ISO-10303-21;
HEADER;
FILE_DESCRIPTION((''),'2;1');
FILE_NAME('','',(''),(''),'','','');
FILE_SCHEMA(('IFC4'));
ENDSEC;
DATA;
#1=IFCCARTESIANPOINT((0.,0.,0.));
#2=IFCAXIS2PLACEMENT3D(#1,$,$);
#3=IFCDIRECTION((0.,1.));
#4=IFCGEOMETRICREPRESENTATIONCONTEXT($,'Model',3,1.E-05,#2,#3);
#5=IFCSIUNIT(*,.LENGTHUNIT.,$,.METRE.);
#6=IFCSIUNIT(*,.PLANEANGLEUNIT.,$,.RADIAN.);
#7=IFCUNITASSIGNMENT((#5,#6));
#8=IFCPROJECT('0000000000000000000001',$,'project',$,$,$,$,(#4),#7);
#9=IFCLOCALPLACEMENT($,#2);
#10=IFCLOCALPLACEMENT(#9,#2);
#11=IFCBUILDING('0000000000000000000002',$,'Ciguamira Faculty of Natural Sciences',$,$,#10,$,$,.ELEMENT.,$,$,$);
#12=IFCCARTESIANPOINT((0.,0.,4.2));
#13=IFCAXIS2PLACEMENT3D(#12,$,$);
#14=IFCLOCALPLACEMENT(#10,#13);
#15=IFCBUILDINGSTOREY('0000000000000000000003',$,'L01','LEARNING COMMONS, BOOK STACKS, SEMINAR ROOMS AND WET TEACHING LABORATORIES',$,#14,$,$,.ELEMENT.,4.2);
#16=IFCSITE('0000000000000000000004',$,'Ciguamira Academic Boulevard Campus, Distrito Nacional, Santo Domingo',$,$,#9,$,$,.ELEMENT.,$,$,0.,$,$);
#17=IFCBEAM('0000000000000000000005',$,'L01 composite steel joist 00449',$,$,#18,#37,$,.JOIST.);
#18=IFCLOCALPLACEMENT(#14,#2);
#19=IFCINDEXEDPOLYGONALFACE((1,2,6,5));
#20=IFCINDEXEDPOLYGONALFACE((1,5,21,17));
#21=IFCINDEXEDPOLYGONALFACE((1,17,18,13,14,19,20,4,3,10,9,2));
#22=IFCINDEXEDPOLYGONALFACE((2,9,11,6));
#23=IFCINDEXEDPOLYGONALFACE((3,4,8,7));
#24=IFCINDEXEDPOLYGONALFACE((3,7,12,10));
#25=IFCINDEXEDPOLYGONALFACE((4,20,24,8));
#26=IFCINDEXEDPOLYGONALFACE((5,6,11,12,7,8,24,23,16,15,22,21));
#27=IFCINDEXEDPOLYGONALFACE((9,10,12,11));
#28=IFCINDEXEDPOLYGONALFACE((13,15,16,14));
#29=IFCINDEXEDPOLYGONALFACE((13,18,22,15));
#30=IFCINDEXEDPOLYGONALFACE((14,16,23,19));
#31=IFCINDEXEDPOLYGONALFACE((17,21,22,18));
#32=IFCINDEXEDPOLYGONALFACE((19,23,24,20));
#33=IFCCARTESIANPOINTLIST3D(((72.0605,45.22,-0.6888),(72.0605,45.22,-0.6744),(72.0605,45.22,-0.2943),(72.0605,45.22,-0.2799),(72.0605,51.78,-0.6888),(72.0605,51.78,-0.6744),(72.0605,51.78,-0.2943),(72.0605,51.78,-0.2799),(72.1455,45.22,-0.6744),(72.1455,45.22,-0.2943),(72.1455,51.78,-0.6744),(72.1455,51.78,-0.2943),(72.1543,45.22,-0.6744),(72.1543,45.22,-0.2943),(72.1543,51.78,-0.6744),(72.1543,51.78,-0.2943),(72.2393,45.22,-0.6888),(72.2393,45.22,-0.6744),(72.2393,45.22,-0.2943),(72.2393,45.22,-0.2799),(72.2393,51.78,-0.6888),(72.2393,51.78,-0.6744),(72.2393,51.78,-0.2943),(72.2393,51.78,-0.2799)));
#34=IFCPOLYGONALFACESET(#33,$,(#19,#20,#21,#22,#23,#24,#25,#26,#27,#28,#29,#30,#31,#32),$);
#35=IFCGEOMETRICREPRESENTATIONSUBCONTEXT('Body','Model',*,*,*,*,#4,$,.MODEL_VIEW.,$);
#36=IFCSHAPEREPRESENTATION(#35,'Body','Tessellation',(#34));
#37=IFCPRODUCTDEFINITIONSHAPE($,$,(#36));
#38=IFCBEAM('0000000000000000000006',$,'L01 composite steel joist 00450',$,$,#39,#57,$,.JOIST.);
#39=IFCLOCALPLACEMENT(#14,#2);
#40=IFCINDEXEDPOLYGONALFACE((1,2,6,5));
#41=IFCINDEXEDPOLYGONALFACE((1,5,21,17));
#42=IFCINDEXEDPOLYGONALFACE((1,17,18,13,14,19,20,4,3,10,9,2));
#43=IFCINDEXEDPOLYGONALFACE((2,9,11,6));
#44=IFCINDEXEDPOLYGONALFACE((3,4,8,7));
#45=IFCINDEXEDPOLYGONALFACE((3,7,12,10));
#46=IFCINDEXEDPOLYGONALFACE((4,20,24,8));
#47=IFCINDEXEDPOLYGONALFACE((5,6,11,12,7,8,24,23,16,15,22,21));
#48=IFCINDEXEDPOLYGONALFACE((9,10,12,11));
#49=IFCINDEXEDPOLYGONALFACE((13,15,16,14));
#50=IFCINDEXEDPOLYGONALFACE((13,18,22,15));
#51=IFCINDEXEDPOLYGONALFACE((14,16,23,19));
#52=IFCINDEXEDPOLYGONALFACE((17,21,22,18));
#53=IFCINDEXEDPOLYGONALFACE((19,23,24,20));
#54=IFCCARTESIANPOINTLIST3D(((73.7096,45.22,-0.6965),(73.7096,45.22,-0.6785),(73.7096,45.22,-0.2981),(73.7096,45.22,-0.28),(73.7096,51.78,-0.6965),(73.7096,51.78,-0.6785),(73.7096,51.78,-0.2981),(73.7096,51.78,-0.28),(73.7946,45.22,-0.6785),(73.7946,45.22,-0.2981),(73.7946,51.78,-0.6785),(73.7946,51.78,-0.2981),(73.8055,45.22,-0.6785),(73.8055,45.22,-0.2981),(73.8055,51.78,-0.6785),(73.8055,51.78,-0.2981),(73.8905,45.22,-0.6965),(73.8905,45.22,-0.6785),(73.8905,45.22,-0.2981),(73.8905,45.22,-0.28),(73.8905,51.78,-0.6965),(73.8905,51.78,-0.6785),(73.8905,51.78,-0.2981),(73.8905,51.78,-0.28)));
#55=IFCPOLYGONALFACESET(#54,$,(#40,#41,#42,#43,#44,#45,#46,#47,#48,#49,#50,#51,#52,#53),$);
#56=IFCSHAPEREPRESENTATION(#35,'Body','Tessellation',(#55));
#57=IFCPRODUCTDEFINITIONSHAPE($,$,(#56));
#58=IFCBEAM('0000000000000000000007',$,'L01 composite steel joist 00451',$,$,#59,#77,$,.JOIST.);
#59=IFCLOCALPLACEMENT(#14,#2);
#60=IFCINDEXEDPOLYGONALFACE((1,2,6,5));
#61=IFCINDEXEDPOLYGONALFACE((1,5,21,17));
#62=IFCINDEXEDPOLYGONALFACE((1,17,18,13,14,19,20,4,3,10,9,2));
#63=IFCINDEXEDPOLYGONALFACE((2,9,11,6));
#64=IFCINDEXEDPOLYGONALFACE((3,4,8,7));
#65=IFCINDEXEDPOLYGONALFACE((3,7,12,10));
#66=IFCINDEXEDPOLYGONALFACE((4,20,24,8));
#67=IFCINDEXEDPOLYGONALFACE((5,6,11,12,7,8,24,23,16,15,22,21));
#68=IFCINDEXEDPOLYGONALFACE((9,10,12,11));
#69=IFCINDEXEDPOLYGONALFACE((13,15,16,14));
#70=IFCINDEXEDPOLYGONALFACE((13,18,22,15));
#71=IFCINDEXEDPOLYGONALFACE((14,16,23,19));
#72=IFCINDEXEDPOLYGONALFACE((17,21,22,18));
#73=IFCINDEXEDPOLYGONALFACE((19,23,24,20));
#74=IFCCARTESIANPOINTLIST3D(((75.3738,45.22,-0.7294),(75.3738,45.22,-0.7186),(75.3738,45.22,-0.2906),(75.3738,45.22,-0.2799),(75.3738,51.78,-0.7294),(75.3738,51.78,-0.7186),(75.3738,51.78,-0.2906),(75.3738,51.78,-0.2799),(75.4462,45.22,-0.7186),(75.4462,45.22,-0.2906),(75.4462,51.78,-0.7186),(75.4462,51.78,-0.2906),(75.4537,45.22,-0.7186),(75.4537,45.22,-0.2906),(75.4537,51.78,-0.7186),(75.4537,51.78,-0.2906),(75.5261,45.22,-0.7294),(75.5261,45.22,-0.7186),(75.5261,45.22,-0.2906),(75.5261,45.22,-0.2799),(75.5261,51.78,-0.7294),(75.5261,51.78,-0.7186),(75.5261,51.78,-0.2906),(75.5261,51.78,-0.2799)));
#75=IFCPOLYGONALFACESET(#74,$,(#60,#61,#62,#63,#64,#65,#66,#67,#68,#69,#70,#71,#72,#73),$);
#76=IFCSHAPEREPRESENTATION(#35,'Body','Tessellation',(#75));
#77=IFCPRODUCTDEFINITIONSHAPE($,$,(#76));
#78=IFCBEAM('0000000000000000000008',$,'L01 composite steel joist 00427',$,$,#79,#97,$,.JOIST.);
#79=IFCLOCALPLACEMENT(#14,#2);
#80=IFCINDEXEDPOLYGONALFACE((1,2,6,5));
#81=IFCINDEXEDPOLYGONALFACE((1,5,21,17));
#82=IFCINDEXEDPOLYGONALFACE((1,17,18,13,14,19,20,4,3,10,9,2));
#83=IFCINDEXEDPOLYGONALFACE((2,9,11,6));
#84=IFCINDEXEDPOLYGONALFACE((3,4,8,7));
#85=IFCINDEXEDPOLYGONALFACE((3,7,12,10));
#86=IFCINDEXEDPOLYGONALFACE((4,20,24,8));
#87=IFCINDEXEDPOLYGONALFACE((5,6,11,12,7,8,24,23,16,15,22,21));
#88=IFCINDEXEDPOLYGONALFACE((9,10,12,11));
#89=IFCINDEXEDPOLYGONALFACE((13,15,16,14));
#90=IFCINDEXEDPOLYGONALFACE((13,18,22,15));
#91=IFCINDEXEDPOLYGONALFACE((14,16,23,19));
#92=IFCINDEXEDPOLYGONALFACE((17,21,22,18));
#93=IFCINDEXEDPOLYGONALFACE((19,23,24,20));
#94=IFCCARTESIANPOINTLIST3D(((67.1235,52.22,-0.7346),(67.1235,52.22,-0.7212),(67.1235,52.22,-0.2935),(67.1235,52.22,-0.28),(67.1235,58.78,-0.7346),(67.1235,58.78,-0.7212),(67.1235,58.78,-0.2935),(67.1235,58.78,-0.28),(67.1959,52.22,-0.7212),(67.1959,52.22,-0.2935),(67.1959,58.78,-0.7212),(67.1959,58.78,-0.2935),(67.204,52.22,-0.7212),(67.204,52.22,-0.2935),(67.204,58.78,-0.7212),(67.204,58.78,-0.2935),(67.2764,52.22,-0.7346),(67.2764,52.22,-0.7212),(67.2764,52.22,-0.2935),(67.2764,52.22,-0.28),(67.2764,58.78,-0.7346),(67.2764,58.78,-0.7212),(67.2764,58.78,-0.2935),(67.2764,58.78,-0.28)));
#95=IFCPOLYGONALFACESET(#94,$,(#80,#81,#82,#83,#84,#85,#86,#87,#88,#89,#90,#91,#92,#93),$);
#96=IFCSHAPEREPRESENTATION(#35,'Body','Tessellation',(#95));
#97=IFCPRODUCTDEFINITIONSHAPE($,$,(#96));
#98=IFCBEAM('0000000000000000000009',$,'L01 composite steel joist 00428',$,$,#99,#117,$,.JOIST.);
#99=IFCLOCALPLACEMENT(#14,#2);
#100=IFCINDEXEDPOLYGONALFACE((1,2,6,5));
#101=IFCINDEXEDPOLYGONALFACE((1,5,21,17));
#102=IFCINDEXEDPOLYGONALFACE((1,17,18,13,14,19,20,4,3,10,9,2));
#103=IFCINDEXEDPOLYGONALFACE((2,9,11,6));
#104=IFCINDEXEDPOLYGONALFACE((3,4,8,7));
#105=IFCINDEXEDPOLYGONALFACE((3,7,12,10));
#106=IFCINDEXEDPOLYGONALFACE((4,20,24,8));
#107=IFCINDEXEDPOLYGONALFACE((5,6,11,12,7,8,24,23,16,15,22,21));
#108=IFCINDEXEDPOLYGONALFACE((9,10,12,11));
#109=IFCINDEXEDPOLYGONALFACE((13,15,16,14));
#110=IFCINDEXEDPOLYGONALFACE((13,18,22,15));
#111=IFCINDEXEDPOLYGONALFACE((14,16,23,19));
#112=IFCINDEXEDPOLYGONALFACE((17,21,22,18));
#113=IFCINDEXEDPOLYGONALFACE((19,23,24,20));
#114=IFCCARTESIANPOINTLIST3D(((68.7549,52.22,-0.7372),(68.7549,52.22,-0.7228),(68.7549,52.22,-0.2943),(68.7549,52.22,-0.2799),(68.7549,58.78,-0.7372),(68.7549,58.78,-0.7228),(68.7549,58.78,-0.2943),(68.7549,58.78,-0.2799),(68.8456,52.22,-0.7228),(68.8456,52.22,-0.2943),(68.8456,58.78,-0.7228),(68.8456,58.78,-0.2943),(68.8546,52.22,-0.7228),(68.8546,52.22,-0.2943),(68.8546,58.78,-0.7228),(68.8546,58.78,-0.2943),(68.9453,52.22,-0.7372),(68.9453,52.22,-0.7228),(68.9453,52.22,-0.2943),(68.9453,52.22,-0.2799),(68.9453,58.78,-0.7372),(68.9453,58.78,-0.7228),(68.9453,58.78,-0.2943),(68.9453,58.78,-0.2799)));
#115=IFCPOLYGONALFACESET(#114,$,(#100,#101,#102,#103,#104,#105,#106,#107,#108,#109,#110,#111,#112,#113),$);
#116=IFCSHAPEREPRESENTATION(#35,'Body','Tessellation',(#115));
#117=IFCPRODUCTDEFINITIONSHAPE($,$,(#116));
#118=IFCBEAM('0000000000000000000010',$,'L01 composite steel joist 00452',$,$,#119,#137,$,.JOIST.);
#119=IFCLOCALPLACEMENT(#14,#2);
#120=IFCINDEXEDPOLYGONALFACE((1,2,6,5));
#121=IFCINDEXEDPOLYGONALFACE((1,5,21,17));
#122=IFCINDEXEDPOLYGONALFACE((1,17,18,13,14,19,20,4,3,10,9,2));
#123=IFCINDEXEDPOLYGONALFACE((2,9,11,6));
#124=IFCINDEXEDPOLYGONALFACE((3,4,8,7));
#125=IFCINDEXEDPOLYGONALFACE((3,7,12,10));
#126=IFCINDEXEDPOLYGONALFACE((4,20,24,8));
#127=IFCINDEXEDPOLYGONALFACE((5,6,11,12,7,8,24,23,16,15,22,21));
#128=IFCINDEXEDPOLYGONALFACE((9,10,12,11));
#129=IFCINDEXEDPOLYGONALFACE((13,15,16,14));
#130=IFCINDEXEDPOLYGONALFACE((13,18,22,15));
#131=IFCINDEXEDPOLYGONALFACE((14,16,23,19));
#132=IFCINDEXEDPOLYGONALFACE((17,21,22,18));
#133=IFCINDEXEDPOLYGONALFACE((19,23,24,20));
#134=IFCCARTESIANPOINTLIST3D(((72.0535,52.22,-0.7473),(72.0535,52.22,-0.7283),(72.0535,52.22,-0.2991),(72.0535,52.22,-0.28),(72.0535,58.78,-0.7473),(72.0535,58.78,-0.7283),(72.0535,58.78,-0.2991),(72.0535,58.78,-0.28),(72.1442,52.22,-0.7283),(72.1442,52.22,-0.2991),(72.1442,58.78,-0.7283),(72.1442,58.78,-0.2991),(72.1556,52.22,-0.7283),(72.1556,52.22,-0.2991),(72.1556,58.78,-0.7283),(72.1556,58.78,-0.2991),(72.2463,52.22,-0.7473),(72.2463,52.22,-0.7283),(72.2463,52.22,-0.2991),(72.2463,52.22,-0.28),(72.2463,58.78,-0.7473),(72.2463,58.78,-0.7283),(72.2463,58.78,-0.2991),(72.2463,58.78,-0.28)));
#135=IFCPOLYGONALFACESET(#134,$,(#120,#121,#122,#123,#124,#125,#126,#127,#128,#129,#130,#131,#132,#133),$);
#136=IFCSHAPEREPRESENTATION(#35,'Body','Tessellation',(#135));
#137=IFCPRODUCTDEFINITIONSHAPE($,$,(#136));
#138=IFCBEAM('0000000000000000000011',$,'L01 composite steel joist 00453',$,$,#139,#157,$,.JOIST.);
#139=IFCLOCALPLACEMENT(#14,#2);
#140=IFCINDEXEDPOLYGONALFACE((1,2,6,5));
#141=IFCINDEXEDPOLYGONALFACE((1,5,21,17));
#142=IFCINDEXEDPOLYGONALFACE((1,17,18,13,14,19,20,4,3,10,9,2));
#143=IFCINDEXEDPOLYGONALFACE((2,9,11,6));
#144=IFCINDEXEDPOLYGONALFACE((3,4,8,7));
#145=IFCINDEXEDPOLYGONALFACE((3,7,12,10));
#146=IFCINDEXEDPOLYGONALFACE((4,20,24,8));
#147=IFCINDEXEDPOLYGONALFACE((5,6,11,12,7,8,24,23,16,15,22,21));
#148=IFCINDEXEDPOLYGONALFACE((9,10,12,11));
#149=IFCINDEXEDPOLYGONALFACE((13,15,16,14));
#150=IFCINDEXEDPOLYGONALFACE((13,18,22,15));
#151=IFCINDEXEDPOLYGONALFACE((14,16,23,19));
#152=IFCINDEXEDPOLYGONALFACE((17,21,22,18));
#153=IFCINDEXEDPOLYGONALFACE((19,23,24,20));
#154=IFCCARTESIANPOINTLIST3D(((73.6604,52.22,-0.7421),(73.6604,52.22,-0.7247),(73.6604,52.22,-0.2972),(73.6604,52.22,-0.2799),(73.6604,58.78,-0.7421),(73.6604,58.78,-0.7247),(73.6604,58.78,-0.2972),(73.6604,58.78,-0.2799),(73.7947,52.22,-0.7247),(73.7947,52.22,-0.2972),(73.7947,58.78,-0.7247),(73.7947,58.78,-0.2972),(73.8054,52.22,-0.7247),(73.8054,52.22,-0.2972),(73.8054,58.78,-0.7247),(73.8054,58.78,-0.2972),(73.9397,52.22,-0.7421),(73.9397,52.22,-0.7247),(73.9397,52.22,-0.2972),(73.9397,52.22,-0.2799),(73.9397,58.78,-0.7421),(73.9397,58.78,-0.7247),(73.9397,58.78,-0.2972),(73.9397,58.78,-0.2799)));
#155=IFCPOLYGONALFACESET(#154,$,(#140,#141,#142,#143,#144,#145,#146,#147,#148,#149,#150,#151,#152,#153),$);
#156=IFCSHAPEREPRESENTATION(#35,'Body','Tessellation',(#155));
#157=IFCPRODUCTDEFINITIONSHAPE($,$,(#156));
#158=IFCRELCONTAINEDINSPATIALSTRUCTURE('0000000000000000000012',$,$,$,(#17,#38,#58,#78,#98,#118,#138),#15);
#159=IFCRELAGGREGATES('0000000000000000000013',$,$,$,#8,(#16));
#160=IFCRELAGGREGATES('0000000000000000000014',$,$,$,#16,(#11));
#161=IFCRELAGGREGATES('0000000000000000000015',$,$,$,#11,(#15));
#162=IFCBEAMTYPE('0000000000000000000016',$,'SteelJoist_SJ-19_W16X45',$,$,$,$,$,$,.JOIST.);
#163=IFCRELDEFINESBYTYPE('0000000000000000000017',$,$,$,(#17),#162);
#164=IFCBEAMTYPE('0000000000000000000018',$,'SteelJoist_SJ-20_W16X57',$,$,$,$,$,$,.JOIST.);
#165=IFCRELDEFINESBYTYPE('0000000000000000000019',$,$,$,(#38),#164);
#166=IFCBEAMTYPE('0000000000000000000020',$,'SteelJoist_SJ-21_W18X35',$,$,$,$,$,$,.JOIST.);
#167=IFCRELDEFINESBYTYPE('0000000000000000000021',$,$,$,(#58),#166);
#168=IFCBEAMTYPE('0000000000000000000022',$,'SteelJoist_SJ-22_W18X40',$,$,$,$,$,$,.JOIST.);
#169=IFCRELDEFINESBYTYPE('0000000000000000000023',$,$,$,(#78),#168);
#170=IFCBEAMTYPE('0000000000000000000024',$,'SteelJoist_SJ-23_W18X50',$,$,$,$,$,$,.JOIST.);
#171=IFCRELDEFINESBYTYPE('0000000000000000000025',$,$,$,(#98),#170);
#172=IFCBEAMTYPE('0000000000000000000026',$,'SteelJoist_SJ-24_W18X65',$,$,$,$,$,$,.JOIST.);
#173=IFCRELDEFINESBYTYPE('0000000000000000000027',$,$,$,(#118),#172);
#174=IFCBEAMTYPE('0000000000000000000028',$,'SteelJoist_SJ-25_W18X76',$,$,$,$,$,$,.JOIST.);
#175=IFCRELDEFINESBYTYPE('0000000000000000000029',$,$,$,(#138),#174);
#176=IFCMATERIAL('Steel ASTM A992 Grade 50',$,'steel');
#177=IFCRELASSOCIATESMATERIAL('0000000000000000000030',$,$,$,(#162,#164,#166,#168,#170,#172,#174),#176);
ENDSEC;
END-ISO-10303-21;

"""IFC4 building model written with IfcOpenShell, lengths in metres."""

from ifc_helpers import new_model, si_unit, direction, frame, origin, origin_2d, place, context, subcontext, project, spatial, i_section, extrude, material, material_profile, profile_set, type_object, element, save


model = new_model("IFC4")

# Units and contexts
model_context = context("Model", 3, precision=1e-05, world=origin(), true_north=direction((0.0, 1.0)))
body_context = subcontext(model_context, "Body", "Model", "MODEL_VIEW")
ifc_project = project(units=[si_unit("LENGTHUNIT", "METRE"), si_unit("PLANEANGLEUNIT", "RADIAN")], contexts=[model_context])

# Site, building, storey
site_placement = place(None, origin())
site = spatial("IfcSite", under=ifc_project, at=site_placement, Name="Ciguamira Academic Boulevard Campus, Distrito Nacional, Santo Domingo", CompositionType="ELEMENT", RefElevation=0.0)
building_placement = place(site_placement, origin())
building = spatial("IfcBuilding", under=site, at=building_placement, Name="Ciguamira Faculty of Natural Sciences", CompositionType="ELEMENT")
storey_placement = place(building_placement, frame((0.0, 0.0, 4.2)))
storey = spatial("IfcBuildingStorey", under=building, at=storey_placement, Name="L01", Description="LEARNING COMMONS, BOOK STACKS, SEMINAR ROOMS AND WET TEACHING LABORATORIES", CompositionType="ELEMENT", Elevation=4.2)

# Beams
ifc_material_1 = material(Name="Steel ASTM A992 Grade 50", Category="steel")
ifc_material_profile_1 = material_profile(ifc_material_1, i_section(OverallWidth=0.1787, OverallDepth=0.4089, WebThickness=0.0088, FlangeThickness=0.0144, at=origin_2d()), Name="W16X45")
ifc_profile_set_1 = profile_set([ifc_material_profile_1], Name="Steel ASTM A992 Grade 50")
beam_type_1 = type_object("IfcBeamType", Name="SteelJoist_SJ-19_W16X45", PredefinedType="JOIST", material=ifc_profile_set_1)
beam_1_placement = place(storey_placement, frame((72.1499, 45.22, -0.4844), z_axis=(0.0, 1.0, 0.0), x_axis=(-1.0, 0.0, 0.0)))
element("IfcBeam", 1, at=beam_1_placement, inside=storey, type_object=beam_type_1, Name="L01 composite steel joist 00449", PredefinedType="JOIST", context=body_context, shape_type="SweptSolid", body=[
    extrude(i_section(OverallWidth=0.1787, OverallDepth=0.4089, WebThickness=0.0088, FlangeThickness=0.0144, at=origin_2d()), origin(), (0.0, 0.0, 1.0), 6.5601),
])
ifc_material_profile_2 = material_profile(ifc_material_1, i_section(OverallWidth=0.1809, OverallDepth=0.4165, WebThickness=0.011, FlangeThickness=0.0181, at=origin_2d()), Name="W16X57")
ifc_profile_set_2 = profile_set([ifc_material_profile_2], Name="Steel ASTM A992 Grade 50")
beam_type_2 = type_object("IfcBeamType", Name="SteelJoist_SJ-20_W16X57", PredefinedType="JOIST", material=ifc_profile_set_2)
beam_2_placement = place(storey_placement, frame((73.8, 45.22, -0.4883), z_axis=(0.0, 1.0, 0.0), x_axis=(-1.0, 0.0, 0.0)))
element("IfcBeam", 2, at=beam_2_placement, inside=storey, type_object=beam_type_2, Name="L01 composite steel joist 00450", PredefinedType="JOIST", context=body_context, shape_type="SweptSolid", body=[
    extrude(i_section(OverallWidth=0.1809, OverallDepth=0.4165, WebThickness=0.011, FlangeThickness=0.0181, at=origin_2d()), origin(), (0.0, 0.0, 1.0), 6.5601),
])
ifc_material_profile_3 = material_profile(ifc_material_1, i_section(OverallWidth=0.1523, OverallDepth=0.4495, WebThickness=0.0076, FlangeThickness=0.0107, at=origin_2d()), Name="W18X35")
ifc_profile_set_3 = profile_set([ifc_material_profile_3], Name="Steel ASTM A992 Grade 50")
beam_type_3 = type_object("IfcBeamType", Name="SteelJoist_SJ-21_W18X35", PredefinedType="JOIST", material=ifc_profile_set_3)
beam_3_placement = place(storey_placement, frame((75.45, 45.22, -0.5046), z_axis=(0.0, 1.0, 0.0), x_axis=(-1.0, 0.0, 0.0)))
element("IfcBeam", 3, at=beam_3_placement, inside=storey, type_object=beam_type_3, Name="L01 composite steel joist 00451", PredefinedType="JOIST", context=body_context, shape_type="SweptSolid", body=[
    extrude(i_section(OverallWidth=0.1523, OverallDepth=0.4495, WebThickness=0.0076, FlangeThickness=0.0107, at=origin_2d()), origin(), (0.0, 0.0, 1.0), 6.5601),
])
ifc_material_profile_4 = material_profile(ifc_material_1, i_section(OverallWidth=0.1528, OverallDepth=0.4546, WebThickness=0.0081, FlangeThickness=0.0134, at=origin_2d()), Name="W18X40")
ifc_profile_set_4 = profile_set([ifc_material_profile_4], Name="Steel ASTM A992 Grade 50")
beam_type_4 = type_object("IfcBeamType", Name="SteelJoist_SJ-22_W18X40", PredefinedType="JOIST", material=ifc_profile_set_4)
beam_4_placement = place(storey_placement, frame((67.2, 52.22, -0.5073), z_axis=(0.0, 1.0, 0.0), x_axis=(-1.0, 0.0, 0.0)))
element("IfcBeam", 4, at=beam_4_placement, inside=storey, type_object=beam_type_4, Name="L01 composite steel joist 00427", PredefinedType="JOIST", context=body_context, shape_type="SweptSolid", body=[
    extrude(i_section(OverallWidth=0.1528, OverallDepth=0.4546, WebThickness=0.0081, FlangeThickness=0.0134, at=origin_2d()), origin(), (0.0, 0.0, 1.0), 6.5601),
])
ifc_material_profile_5 = material_profile(ifc_material_1, i_section(OverallWidth=0.1904, OverallDepth=0.4573, WebThickness=0.009, FlangeThickness=0.0144, at=origin_2d()), Name="W18X50")
ifc_profile_set_5 = profile_set([ifc_material_profile_5], Name="Steel ASTM A992 Grade 50")
beam_type_5 = type_object("IfcBeamType", Name="SteelJoist_SJ-23_W18X50", PredefinedType="JOIST", material=ifc_profile_set_5)
beam_5_placement = place(storey_placement, frame((68.8501, 52.22, -0.5085), z_axis=(0.0, 1.0, 0.0), x_axis=(-1.0, 0.0, 0.0)))
element("IfcBeam", 5, at=beam_5_placement, inside=storey, type_object=beam_type_5, Name="L01 composite steel joist 00428", PredefinedType="JOIST", context=body_context, shape_type="SweptSolid", body=[
    extrude(i_section(OverallWidth=0.1904, OverallDepth=0.4573, WebThickness=0.009, FlangeThickness=0.0144, at=origin_2d()), origin(), (0.0, 0.0, 1.0), 6.5601),
])
ifc_material_profile_6 = material_profile(ifc_material_1, i_section(OverallWidth=0.1929, OverallDepth=0.4673, WebThickness=0.0115, FlangeThickness=0.019, at=origin_2d()), Name="W18X65")
ifc_profile_set_6 = profile_set([ifc_material_profile_6], Name="Steel ASTM A992 Grade 50")
beam_type_6 = type_object("IfcBeamType", Name="SteelJoist_SJ-24_W18X65", PredefinedType="JOIST", material=ifc_profile_set_6)
beam_6_placement = place(storey_placement, frame((72.1499, 52.22, -0.5137), z_axis=(0.0, 1.0, 0.0), x_axis=(-1.0, 0.0, 0.0)))
element("IfcBeam", 6, at=beam_6_placement, inside=storey, type_object=beam_type_6, Name="L01 composite steel joist 00452", PredefinedType="JOIST", context=body_context, shape_type="SweptSolid", body=[
    extrude(i_section(OverallWidth=0.1929, OverallDepth=0.4673, WebThickness=0.0115, FlangeThickness=0.019, at=origin_2d()), origin(), (0.0, 0.0, 1.0), 6.5601),
])
ifc_material_profile_7 = material_profile(ifc_material_1, i_section(OverallWidth=0.2793, OverallDepth=0.4622, WebThickness=0.0107, FlangeThickness=0.0173, at=origin_2d()), Name="W18X76")
ifc_profile_set_7 = profile_set([ifc_material_profile_7], Name="Steel ASTM A992 Grade 50")
beam_type_7 = type_object("IfcBeamType", Name="SteelJoist_SJ-25_W18X76", PredefinedType="JOIST", material=ifc_profile_set_7)
beam_7_placement = place(storey_placement, frame((73.8, 52.22, -0.511), z_axis=(0.0, 1.0, 0.0), x_axis=(-1.0, 0.0, 0.0)))
element("IfcBeam", 7, at=beam_7_placement, inside=storey, type_object=beam_type_7, Name="L01 composite steel joist 00453", PredefinedType="JOIST", context=body_context, shape_type="SweptSolid", body=[
    extrude(i_section(OverallWidth=0.2793, OverallDepth=0.4622, WebThickness=0.0107, FlangeThickness=0.0173, at=origin_2d()), origin(), (0.0, 0.0, 1.0), 6.5601),
])

save(model, "model.ifc")
